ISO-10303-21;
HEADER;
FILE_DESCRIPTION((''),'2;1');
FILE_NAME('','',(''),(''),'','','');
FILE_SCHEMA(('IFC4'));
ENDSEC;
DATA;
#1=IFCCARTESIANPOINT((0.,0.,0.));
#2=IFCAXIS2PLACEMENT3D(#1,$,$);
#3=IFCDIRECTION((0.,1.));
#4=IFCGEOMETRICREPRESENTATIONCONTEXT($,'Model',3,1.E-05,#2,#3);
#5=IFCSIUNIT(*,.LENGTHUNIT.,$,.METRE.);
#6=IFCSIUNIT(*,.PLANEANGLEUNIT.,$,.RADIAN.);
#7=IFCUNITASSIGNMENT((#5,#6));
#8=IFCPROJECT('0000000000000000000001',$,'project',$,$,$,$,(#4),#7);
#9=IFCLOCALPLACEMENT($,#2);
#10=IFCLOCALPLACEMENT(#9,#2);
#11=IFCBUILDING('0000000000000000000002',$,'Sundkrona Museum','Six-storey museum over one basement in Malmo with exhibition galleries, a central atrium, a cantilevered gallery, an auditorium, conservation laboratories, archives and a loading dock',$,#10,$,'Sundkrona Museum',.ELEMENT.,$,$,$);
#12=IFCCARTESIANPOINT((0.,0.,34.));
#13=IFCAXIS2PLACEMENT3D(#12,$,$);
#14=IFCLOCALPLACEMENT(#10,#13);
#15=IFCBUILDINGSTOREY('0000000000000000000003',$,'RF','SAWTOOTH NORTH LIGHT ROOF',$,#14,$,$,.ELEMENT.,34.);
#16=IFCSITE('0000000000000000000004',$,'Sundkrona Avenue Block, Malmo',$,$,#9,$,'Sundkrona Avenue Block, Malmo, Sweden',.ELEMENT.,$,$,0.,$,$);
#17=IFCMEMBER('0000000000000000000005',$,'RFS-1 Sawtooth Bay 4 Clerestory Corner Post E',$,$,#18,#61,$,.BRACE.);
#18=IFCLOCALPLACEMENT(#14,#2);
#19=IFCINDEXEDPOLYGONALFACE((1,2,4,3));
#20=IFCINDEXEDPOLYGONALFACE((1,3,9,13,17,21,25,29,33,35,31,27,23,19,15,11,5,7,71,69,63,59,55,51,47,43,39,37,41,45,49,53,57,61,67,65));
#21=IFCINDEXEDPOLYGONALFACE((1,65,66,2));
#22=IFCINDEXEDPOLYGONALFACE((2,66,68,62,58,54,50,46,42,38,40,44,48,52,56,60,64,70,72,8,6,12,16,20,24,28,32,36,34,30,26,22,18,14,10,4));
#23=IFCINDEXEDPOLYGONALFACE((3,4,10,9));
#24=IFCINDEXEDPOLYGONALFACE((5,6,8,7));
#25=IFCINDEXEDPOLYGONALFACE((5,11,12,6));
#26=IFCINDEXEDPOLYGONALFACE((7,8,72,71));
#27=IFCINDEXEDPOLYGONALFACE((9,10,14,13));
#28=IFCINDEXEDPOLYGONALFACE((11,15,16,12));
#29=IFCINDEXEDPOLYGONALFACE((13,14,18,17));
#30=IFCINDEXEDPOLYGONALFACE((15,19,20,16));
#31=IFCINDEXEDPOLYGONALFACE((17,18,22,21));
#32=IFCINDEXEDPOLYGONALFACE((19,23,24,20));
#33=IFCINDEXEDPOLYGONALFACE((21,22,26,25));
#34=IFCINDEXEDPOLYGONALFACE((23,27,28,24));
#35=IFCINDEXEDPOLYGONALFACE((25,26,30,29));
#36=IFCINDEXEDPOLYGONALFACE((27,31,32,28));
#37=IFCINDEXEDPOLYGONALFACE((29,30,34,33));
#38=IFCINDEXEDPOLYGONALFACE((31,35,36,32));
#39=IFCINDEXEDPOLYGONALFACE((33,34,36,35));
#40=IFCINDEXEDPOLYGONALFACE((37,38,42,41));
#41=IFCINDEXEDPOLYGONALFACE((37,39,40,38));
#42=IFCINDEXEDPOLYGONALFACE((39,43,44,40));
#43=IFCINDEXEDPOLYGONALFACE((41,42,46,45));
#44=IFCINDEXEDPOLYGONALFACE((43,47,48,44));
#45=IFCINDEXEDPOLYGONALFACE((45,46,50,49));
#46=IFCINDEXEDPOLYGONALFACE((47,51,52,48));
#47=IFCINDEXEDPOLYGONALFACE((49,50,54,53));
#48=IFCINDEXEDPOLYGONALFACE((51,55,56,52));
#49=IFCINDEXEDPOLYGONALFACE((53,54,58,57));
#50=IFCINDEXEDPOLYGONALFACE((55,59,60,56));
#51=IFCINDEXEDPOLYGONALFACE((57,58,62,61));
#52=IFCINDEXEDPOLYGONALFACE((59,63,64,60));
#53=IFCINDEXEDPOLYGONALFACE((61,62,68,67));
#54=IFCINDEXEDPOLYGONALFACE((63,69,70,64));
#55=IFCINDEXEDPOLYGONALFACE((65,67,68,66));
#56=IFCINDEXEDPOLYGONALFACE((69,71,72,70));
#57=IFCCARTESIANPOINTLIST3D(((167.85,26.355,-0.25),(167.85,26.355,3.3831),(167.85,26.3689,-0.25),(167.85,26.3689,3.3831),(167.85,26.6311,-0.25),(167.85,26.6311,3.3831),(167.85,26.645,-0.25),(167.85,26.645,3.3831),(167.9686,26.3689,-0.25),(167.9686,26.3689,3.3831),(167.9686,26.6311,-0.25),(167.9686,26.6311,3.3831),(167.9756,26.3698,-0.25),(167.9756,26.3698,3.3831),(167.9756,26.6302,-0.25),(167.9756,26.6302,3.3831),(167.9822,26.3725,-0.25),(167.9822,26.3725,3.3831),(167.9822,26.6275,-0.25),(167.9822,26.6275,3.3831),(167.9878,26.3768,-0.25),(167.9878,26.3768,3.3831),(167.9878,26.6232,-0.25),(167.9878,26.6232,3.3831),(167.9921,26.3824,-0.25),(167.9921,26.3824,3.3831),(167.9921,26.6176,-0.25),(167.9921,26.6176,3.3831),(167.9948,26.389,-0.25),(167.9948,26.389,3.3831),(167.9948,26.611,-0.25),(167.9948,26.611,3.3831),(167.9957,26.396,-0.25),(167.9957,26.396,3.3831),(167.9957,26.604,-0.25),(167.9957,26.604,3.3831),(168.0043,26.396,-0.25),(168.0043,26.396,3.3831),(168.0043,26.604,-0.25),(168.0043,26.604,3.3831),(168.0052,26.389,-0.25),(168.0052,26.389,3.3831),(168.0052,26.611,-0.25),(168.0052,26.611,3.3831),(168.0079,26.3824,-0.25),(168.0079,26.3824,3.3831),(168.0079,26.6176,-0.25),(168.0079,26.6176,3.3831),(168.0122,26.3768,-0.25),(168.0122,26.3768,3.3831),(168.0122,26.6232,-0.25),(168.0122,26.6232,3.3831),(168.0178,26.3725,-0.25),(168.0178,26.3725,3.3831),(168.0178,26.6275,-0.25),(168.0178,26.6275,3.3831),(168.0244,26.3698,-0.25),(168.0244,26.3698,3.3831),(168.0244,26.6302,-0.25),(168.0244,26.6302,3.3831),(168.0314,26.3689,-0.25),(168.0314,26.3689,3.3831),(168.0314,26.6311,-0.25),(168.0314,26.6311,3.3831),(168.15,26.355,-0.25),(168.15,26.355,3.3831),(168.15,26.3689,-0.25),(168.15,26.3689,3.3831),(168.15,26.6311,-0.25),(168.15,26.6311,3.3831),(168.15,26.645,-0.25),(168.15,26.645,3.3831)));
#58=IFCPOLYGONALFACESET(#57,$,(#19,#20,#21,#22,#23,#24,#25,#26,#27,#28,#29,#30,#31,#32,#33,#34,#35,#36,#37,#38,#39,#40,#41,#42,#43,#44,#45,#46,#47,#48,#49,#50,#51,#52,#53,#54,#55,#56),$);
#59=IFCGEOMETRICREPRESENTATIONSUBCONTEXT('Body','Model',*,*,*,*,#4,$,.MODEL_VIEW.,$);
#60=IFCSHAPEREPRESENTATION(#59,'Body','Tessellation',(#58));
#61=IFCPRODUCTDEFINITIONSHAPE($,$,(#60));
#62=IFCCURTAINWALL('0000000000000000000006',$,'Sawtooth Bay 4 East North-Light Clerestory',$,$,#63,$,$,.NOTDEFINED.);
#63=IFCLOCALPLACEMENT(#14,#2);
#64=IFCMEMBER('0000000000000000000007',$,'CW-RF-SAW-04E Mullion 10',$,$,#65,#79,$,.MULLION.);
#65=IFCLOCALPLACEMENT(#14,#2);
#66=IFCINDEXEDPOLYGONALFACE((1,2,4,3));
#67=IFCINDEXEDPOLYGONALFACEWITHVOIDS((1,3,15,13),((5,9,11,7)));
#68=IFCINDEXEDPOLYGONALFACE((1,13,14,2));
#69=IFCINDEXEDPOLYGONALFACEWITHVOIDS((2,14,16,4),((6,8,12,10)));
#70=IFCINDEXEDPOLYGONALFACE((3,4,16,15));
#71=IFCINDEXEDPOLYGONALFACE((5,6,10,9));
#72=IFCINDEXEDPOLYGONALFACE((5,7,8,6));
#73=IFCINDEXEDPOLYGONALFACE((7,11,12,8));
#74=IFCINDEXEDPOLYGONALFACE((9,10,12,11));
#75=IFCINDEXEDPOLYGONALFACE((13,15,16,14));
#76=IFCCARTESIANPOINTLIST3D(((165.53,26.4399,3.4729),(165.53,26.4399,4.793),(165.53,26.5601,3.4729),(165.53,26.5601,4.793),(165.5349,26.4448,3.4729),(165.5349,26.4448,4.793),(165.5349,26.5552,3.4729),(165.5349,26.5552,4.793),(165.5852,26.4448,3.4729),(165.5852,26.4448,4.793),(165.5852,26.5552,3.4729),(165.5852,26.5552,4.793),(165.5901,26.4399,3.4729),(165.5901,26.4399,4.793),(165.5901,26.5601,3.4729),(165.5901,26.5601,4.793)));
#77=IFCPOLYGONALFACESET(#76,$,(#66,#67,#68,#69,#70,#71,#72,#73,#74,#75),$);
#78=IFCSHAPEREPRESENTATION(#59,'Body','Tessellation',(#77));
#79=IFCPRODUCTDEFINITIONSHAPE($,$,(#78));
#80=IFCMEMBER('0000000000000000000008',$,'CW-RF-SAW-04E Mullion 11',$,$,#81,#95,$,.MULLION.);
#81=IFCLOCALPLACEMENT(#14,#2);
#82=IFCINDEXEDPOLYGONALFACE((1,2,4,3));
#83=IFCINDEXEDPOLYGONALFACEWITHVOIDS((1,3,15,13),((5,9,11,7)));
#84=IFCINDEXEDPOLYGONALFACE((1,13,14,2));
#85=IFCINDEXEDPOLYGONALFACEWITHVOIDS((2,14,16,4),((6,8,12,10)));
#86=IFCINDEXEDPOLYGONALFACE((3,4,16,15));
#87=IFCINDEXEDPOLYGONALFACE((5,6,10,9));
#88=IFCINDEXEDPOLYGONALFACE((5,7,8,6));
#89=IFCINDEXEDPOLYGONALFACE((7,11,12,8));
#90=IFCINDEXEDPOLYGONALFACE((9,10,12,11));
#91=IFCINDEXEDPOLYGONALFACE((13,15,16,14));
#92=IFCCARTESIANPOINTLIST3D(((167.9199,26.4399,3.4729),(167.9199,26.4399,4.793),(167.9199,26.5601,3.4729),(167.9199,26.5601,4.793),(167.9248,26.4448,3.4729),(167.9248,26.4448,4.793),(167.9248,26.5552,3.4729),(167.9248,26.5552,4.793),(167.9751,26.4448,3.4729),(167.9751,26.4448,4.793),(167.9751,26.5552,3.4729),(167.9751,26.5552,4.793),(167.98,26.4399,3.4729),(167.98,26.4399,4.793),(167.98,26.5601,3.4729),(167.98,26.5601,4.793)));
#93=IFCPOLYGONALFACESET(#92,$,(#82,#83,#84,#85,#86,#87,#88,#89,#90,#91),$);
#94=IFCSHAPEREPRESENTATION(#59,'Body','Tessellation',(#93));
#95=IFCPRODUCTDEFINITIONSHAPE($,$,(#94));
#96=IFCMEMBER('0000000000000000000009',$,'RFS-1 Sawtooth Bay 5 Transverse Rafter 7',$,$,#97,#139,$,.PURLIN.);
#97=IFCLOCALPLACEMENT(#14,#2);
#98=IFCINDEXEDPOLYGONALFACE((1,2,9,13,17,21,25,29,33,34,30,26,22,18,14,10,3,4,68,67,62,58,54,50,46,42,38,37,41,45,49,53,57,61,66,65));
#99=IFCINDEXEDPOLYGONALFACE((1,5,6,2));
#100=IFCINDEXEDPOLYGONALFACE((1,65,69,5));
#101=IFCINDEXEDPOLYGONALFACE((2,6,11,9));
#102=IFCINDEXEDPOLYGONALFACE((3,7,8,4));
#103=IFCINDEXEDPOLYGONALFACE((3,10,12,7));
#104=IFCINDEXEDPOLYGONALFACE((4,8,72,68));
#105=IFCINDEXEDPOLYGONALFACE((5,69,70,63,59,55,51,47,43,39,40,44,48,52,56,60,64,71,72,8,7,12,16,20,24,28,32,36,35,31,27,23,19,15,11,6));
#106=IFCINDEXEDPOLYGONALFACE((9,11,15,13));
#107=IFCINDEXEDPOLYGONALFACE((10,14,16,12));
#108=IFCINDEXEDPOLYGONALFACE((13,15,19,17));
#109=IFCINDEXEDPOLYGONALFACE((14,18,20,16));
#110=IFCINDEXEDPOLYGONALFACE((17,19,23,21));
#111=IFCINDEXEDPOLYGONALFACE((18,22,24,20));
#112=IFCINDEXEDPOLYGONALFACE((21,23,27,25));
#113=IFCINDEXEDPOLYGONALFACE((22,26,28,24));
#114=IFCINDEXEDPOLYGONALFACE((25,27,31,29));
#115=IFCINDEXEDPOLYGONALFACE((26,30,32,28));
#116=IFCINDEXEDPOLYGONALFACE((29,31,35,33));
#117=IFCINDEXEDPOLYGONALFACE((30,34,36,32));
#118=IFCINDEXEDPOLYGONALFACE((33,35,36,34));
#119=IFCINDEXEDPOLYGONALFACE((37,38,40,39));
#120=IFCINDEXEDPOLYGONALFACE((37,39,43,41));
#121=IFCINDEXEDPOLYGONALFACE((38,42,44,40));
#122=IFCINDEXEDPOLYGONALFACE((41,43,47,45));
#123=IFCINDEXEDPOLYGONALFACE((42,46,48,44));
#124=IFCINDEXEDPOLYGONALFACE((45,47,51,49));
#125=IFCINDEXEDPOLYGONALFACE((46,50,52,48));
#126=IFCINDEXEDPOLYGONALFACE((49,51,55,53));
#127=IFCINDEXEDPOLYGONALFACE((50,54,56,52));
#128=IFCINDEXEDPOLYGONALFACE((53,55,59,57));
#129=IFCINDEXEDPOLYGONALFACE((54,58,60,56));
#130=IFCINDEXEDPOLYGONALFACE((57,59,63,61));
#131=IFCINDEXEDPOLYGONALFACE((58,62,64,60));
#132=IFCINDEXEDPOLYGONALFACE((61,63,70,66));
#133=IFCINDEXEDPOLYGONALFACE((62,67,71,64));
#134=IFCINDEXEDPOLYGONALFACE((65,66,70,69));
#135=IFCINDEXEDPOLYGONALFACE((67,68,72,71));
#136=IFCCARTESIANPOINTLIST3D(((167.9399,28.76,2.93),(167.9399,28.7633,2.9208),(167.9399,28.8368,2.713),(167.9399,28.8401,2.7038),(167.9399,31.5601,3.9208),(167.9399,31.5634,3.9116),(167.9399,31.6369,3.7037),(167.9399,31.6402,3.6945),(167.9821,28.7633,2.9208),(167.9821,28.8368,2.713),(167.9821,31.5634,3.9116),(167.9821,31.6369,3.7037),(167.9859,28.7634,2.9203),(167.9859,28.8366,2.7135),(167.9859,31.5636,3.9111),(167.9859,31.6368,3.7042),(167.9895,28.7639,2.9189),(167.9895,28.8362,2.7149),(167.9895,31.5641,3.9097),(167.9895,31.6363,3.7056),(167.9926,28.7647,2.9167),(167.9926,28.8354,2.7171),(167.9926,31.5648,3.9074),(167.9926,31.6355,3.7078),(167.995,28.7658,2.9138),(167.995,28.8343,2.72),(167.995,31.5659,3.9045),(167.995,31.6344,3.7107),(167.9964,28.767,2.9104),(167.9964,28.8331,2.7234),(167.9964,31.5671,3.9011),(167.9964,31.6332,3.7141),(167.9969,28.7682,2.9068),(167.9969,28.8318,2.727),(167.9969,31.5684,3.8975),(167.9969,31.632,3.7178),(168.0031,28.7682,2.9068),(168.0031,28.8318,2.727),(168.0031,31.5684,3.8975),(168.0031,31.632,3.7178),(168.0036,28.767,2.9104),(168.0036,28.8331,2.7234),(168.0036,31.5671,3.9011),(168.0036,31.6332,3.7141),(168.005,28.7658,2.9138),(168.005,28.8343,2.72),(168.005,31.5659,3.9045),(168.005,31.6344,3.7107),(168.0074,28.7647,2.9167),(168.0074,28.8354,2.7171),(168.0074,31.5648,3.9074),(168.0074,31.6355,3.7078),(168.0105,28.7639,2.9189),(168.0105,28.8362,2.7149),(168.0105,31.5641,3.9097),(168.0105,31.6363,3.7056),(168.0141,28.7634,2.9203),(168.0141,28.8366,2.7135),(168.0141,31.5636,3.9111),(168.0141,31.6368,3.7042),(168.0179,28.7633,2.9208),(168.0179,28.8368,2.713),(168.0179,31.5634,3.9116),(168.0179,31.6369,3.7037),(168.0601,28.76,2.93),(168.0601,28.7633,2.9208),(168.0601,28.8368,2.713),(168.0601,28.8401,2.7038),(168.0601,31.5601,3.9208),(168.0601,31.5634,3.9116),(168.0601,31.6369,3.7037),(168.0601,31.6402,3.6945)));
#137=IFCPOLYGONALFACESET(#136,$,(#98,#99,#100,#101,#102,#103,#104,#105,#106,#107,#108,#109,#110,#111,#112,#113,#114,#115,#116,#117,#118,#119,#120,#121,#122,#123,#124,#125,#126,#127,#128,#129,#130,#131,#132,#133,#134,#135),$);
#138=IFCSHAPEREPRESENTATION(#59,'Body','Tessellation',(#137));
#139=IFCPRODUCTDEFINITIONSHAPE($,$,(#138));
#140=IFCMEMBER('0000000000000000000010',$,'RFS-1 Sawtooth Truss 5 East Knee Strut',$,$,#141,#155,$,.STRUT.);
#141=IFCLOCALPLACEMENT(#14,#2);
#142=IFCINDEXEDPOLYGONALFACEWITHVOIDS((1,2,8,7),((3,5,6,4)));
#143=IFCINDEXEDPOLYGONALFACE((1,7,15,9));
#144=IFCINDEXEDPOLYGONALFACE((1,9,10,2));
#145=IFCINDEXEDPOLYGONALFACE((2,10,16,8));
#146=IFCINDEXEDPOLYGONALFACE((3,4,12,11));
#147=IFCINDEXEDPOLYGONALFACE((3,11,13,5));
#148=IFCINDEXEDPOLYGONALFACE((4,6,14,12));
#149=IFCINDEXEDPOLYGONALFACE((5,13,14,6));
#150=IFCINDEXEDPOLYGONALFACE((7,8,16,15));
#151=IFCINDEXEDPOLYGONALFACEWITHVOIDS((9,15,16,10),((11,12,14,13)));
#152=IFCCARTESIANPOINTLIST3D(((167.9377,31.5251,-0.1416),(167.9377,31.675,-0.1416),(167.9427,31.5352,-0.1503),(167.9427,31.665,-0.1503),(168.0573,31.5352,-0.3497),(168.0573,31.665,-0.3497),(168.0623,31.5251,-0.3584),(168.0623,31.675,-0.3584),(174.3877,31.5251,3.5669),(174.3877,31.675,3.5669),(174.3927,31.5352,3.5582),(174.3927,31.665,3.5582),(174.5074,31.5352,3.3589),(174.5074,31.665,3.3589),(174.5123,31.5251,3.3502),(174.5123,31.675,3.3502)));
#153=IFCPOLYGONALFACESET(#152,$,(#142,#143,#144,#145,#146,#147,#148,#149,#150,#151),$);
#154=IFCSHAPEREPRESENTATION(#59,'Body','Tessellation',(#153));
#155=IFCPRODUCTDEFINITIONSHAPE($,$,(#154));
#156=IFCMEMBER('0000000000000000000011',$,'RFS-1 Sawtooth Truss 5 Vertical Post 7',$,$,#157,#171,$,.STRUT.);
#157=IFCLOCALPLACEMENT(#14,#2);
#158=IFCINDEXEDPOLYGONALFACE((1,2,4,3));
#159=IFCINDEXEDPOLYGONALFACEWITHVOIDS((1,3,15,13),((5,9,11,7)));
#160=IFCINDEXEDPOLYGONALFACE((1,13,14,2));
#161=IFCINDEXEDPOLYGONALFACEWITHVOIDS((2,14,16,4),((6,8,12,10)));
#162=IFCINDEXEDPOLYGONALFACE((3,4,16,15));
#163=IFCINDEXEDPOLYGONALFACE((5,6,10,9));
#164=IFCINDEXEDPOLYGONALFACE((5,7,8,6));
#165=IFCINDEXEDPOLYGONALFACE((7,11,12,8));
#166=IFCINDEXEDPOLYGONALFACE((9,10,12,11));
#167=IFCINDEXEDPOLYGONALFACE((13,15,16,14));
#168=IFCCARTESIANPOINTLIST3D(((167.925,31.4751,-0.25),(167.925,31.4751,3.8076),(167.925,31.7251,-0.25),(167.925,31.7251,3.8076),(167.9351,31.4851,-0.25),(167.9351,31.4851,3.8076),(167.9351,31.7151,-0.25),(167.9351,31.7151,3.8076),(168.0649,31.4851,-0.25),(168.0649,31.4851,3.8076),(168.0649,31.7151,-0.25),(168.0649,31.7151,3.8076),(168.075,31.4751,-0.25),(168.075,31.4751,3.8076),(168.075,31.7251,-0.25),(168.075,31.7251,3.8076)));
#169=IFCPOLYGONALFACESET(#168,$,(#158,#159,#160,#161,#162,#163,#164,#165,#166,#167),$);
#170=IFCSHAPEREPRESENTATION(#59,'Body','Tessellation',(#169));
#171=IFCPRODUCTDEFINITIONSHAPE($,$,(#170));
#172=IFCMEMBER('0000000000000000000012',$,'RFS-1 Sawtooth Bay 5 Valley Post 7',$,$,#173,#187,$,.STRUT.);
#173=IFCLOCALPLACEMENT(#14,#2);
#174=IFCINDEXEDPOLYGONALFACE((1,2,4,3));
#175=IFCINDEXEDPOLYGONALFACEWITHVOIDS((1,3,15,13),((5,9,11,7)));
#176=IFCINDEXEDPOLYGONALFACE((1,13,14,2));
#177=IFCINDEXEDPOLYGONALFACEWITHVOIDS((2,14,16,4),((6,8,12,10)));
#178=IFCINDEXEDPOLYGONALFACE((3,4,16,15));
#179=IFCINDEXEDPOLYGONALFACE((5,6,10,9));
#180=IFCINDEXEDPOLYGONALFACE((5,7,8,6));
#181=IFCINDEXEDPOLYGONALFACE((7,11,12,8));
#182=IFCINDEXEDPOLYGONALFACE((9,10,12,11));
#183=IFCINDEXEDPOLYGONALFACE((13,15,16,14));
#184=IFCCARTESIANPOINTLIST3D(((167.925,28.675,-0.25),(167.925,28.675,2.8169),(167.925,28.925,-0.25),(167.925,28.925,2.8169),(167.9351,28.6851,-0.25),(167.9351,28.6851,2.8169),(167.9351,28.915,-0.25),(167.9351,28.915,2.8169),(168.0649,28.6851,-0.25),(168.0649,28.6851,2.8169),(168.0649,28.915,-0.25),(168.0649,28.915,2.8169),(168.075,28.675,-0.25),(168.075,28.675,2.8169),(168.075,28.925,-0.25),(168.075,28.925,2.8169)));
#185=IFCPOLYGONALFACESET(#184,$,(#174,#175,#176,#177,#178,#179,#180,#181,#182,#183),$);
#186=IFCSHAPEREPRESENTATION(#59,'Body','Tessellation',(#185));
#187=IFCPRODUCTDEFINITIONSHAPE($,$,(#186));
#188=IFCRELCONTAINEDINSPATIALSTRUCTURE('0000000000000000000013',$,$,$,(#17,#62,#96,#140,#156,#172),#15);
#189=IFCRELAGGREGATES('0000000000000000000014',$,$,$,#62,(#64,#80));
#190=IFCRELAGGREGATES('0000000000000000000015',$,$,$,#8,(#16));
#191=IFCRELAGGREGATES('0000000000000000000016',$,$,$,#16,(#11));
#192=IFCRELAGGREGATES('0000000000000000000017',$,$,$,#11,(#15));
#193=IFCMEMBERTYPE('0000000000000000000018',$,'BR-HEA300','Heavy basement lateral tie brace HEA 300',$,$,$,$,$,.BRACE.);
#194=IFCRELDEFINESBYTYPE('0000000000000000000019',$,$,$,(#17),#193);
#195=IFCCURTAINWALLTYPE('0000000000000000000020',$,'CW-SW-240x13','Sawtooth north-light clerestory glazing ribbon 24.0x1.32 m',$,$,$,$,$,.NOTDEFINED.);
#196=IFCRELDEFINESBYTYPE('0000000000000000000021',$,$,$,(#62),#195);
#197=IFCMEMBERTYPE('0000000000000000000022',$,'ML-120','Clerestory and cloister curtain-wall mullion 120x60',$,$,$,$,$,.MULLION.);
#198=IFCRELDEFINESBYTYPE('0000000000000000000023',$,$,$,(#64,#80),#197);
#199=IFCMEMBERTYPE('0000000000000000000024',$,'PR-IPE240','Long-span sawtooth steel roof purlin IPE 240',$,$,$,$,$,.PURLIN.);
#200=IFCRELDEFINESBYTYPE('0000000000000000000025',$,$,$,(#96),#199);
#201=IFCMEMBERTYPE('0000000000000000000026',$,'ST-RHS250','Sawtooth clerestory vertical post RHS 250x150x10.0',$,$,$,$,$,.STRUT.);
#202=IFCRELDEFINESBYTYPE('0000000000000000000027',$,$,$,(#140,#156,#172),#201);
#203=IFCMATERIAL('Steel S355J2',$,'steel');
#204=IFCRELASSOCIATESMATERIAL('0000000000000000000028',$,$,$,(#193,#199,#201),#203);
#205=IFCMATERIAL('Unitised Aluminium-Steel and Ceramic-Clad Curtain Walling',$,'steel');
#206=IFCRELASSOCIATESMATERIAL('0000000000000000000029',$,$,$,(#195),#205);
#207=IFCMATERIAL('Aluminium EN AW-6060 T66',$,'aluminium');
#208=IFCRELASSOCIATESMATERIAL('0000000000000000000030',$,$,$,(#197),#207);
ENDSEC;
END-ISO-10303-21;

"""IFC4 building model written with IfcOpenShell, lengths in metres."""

from ifc_helpers import new_model, si_unit, direction, frame, origin, origin_2d, place, context, subcontext, project, spatial, hollow_rectangle, i_section, extrude, material, material_profile, profile_set, type_object, element, aggregate, save


model = new_model("IFC4")

# Units and contexts
model_context = context("Model", 3, precision=1e-05, world=origin(), true_north=direction((0.0, 1.0)))
body_context = subcontext(model_context, "Body", "Model", "MODEL_VIEW")
ifc_project = project(units=[si_unit("LENGTHUNIT", "METRE"), si_unit("PLANEANGLEUNIT", "RADIAN")], contexts=[model_context])

# Site, building, storey
site_placement = place(None, origin())
site = spatial("IfcSite", under=ifc_project, at=site_placement, Name="Sundkrona Avenue Block, Malmo", LongName="Sundkrona Avenue Block, Malmo, Sweden", CompositionType="ELEMENT", RefElevation=0.0)
building_placement = place(site_placement, origin())
building = spatial("IfcBuilding", under=site, at=building_placement, Name="Sundkrona Museum", Description="Six-storey museum over one basement in Malmo with exhibition galleries, a central atrium, a cantilevered gallery, an auditorium, conservation laboratories, archives and a loading dock", LongName="Sundkrona Museum", CompositionType="ELEMENT")
storey_placement = place(building_placement, frame((0.0, 0.0, 34.0)))
storey = spatial("IfcBuildingStorey", under=building, at=storey_placement, Name="RF", Description="SAWTOOTH NORTH LIGHT ROOF", CompositionType="ELEMENT", Elevation=34.0)

# Member
ifc_material_1 = material(Name="Steel S355J2", Category="steel")
ifc_material_profile_1 = material_profile(ifc_material_1, i_section(OverallWidth=0.3, OverallDepth=0.29, WebThickness=0.0085, FlangeThickness=0.0139, FilletRadius=0.0271, at=origin_2d()), Name="HEA 300")
ifc_profile_set_1 = profile_set([ifc_material_profile_1], Name="Steel S355J2")
member_type_1 = type_object("IfcMemberType", Name="BR-HEA300", Description="Heavy basement lateral tie brace HEA 300", PredefinedType="BRACE", material=ifc_profile_set_1)
member_1_placement = place(storey_placement, frame((168.0, 26.5, -0.25), z_axis=(0.0, 0.0, 1.0), x_axis=(1.0, 0.0, 0.0)))
element("IfcMember", 1, at=member_1_placement, inside=storey, type_object=member_type_1, Name="RFS-1 Sawtooth Bay 4 Clerestory Corner Post E", PredefinedType="BRACE", context=body_context, shape_type="SweptSolid", body=[
    extrude(i_section(OverallWidth=0.3, OverallDepth=0.29, WebThickness=0.0085, FlangeThickness=0.0139, FilletRadius=0.0271, at=origin_2d()), origin(), (0.0, 0.0, 1.0), 3.6331),
])

# Curtain wall, members
ifc_material_2 = material(Name="Unitised Aluminium-Steel and Ceramic-Clad Curtain Walling", Category="steel")
curtain_wall_type = type_object("IfcCurtainWallType", Name="CW-SW-240x13", Description="Sawtooth north-light clerestory glazing ribbon 24.0x1.32 m", PredefinedType="NOTDEFINED", material=ifc_material_2)
curtain_wall_placement = place(storey_placement, origin())
curtain_wall = element("IfcCurtainWall", 2, at=curtain_wall_placement, inside=storey, type_object=curtain_wall_type, Name="Sawtooth Bay 4 East North-Light Clerestory", PredefinedType="NOTDEFINED")
ifc_material_3 = material(Name="Aluminium EN AW-6060 T66", Category="aluminium")
ifc_material_profile_2 = material_profile(ifc_material_3, hollow_rectangle(XDim=0.0601, YDim=0.1201, WallThickness=0.0049, at=origin_2d()), Name="RHS 120x60x5.0")
ifc_profile_set_2 = profile_set([ifc_material_profile_2], Name="Aluminium EN AW-6060 T66")
member_type_2 = type_object("IfcMemberType", Name="ML-120", Description="Clerestory and cloister curtain-wall mullion 120x60", PredefinedType="MULLION", material=ifc_profile_set_2)
member_2_placement = place(storey_placement, frame((165.5601, 26.5, 3.4729), z_axis=(0.0, 0.0, 1.0), x_axis=(1.0, 0.0, 0.0)))
member_2 = element("IfcMember", 3, at=member_2_placement, type_object=member_type_2, Name="CW-RF-SAW-04E Mullion 10", PredefinedType="MULLION", context=body_context, shape_type="SweptSolid", body=[
    extrude(hollow_rectangle(XDim=0.0601, YDim=0.1201, WallThickness=0.0049, at=origin_2d()), origin(), (0.0, 0.0, 1.0), 1.3201),
])
member_3_placement = place(storey_placement, frame((167.95, 26.5, 3.4729), z_axis=(0.0, 0.0, 1.0), x_axis=(1.0, 0.0, 0.0)))
member_3 = element("IfcMember", 4, at=member_3_placement, type_object=member_type_2, Name="CW-RF-SAW-04E Mullion 11", PredefinedType="MULLION", context=body_context, shape_type="SweptSolid", body=[
    extrude(hollow_rectangle(XDim=0.0601, YDim=0.1201, WallThickness=0.0049, at=origin_2d()), origin(), (0.0, 0.0, 1.0), 1.3201),
])

# Members
ifc_material_profile_3 = material_profile(ifc_material_1, i_section(OverallWidth=0.1201, OverallDepth=0.24, WebThickness=0.0061, FlangeThickness=0.0098, FilletRadius=0.0149, at=origin_2d()), Name="IPE 240")
ifc_profile_set_3 = profile_set([ifc_material_profile_3], Name="Steel S355J2")
member_type_3 = type_object("IfcMemberType", Name="PR-IPE240", Description="Long-span sawtooth steel roof purlin IPE 240", PredefinedType="PURLIN", material=ifc_profile_set_3)
member_4_placement = place(storey_placement, frame((168.0, 28.8, 2.8169), z_axis=(0.0, 0.942729, 0.33356), x_axis=(-1.0, 0.0, 0.0)))
element("IfcMember", 5, at=member_4_placement, inside=storey, type_object=member_type_3, Name="RFS-1 Sawtooth Bay 5 Transverse Rafter 7", PredefinedType="PURLIN", context=body_context, shape_type="SweptSolid", body=[
    extrude(i_section(OverallWidth=0.1201, OverallDepth=0.24, WebThickness=0.0061, FlangeThickness=0.0098, FilletRadius=0.0149, at=origin_2d()), origin(), (0.0, 0.0, 1.0), 2.9702),
])
ifc_material_profile_4 = material_profile(ifc_material_1, hollow_rectangle(XDim=0.1499, YDim=0.25, WallThickness=0.01, at=origin_2d()), Name="RHS 250x150x10.0")
ifc_profile_set_4 = profile_set([ifc_material_profile_4], Name="Steel S355J2")
member_type_4 = type_object("IfcMemberType", Name="ST-RHS250", Description="Sawtooth clerestory vertical post RHS 250x150x10.0", PredefinedType="STRUT", material=ifc_profile_set_4)
member_5_placement = place(storey_placement, frame((168.0, 31.6001, -0.25), z_axis=(0.866919, 0.0, 0.498448), x_axis=(0.0, 1.0, 0.0)))
element("IfcMember", 6, at=member_5_placement, inside=storey, type_object=member_type_4, Name="RFS-1 Sawtooth Truss 5 East Knee Strut", PredefinedType="STRUT", context=body_context, shape_type="SweptSolid", body=[
    extrude(hollow_rectangle(XDim=0.1499, YDim=0.25, WallThickness=0.01, at=origin_2d()), origin(), (0.0, 0.0, 1.0), 7.4402),
])
member_6_placement = place(storey_placement, frame((168.0, 31.6001, -0.25), z_axis=(0.0, 0.0, 1.0), x_axis=(1.0, 0.0, 0.0)))
element("IfcMember", 7, at=member_6_placement, inside=storey, type_object=member_type_4, Name="RFS-1 Sawtooth Truss 5 Vertical Post 7", PredefinedType="STRUT", context=body_context, shape_type="SweptSolid", body=[
    extrude(hollow_rectangle(XDim=0.1499, YDim=0.25, WallThickness=0.01, at=origin_2d()), origin(), (0.0, 0.0, 1.0), 4.0576),
])
member_7_placement = place(storey_placement, frame((168.0, 28.8, -0.25), z_axis=(0.0, 0.0, 1.0), x_axis=(1.0, 0.0, 0.0)))
element("IfcMember", 8, at=member_7_placement, inside=storey, type_object=member_type_4, Name="RFS-1 Sawtooth Bay 5 Valley Post 7", PredefinedType="STRUT", context=body_context, shape_type="SweptSolid", body=[
    extrude(hollow_rectangle(XDim=0.1499, YDim=0.25, WallThickness=0.01, at=origin_2d()), origin(), (0.0, 0.0, 1.0), 3.0669),
])

aggregate(curtain_wall, [member_2, member_3])

save(model, "model.ifc")
